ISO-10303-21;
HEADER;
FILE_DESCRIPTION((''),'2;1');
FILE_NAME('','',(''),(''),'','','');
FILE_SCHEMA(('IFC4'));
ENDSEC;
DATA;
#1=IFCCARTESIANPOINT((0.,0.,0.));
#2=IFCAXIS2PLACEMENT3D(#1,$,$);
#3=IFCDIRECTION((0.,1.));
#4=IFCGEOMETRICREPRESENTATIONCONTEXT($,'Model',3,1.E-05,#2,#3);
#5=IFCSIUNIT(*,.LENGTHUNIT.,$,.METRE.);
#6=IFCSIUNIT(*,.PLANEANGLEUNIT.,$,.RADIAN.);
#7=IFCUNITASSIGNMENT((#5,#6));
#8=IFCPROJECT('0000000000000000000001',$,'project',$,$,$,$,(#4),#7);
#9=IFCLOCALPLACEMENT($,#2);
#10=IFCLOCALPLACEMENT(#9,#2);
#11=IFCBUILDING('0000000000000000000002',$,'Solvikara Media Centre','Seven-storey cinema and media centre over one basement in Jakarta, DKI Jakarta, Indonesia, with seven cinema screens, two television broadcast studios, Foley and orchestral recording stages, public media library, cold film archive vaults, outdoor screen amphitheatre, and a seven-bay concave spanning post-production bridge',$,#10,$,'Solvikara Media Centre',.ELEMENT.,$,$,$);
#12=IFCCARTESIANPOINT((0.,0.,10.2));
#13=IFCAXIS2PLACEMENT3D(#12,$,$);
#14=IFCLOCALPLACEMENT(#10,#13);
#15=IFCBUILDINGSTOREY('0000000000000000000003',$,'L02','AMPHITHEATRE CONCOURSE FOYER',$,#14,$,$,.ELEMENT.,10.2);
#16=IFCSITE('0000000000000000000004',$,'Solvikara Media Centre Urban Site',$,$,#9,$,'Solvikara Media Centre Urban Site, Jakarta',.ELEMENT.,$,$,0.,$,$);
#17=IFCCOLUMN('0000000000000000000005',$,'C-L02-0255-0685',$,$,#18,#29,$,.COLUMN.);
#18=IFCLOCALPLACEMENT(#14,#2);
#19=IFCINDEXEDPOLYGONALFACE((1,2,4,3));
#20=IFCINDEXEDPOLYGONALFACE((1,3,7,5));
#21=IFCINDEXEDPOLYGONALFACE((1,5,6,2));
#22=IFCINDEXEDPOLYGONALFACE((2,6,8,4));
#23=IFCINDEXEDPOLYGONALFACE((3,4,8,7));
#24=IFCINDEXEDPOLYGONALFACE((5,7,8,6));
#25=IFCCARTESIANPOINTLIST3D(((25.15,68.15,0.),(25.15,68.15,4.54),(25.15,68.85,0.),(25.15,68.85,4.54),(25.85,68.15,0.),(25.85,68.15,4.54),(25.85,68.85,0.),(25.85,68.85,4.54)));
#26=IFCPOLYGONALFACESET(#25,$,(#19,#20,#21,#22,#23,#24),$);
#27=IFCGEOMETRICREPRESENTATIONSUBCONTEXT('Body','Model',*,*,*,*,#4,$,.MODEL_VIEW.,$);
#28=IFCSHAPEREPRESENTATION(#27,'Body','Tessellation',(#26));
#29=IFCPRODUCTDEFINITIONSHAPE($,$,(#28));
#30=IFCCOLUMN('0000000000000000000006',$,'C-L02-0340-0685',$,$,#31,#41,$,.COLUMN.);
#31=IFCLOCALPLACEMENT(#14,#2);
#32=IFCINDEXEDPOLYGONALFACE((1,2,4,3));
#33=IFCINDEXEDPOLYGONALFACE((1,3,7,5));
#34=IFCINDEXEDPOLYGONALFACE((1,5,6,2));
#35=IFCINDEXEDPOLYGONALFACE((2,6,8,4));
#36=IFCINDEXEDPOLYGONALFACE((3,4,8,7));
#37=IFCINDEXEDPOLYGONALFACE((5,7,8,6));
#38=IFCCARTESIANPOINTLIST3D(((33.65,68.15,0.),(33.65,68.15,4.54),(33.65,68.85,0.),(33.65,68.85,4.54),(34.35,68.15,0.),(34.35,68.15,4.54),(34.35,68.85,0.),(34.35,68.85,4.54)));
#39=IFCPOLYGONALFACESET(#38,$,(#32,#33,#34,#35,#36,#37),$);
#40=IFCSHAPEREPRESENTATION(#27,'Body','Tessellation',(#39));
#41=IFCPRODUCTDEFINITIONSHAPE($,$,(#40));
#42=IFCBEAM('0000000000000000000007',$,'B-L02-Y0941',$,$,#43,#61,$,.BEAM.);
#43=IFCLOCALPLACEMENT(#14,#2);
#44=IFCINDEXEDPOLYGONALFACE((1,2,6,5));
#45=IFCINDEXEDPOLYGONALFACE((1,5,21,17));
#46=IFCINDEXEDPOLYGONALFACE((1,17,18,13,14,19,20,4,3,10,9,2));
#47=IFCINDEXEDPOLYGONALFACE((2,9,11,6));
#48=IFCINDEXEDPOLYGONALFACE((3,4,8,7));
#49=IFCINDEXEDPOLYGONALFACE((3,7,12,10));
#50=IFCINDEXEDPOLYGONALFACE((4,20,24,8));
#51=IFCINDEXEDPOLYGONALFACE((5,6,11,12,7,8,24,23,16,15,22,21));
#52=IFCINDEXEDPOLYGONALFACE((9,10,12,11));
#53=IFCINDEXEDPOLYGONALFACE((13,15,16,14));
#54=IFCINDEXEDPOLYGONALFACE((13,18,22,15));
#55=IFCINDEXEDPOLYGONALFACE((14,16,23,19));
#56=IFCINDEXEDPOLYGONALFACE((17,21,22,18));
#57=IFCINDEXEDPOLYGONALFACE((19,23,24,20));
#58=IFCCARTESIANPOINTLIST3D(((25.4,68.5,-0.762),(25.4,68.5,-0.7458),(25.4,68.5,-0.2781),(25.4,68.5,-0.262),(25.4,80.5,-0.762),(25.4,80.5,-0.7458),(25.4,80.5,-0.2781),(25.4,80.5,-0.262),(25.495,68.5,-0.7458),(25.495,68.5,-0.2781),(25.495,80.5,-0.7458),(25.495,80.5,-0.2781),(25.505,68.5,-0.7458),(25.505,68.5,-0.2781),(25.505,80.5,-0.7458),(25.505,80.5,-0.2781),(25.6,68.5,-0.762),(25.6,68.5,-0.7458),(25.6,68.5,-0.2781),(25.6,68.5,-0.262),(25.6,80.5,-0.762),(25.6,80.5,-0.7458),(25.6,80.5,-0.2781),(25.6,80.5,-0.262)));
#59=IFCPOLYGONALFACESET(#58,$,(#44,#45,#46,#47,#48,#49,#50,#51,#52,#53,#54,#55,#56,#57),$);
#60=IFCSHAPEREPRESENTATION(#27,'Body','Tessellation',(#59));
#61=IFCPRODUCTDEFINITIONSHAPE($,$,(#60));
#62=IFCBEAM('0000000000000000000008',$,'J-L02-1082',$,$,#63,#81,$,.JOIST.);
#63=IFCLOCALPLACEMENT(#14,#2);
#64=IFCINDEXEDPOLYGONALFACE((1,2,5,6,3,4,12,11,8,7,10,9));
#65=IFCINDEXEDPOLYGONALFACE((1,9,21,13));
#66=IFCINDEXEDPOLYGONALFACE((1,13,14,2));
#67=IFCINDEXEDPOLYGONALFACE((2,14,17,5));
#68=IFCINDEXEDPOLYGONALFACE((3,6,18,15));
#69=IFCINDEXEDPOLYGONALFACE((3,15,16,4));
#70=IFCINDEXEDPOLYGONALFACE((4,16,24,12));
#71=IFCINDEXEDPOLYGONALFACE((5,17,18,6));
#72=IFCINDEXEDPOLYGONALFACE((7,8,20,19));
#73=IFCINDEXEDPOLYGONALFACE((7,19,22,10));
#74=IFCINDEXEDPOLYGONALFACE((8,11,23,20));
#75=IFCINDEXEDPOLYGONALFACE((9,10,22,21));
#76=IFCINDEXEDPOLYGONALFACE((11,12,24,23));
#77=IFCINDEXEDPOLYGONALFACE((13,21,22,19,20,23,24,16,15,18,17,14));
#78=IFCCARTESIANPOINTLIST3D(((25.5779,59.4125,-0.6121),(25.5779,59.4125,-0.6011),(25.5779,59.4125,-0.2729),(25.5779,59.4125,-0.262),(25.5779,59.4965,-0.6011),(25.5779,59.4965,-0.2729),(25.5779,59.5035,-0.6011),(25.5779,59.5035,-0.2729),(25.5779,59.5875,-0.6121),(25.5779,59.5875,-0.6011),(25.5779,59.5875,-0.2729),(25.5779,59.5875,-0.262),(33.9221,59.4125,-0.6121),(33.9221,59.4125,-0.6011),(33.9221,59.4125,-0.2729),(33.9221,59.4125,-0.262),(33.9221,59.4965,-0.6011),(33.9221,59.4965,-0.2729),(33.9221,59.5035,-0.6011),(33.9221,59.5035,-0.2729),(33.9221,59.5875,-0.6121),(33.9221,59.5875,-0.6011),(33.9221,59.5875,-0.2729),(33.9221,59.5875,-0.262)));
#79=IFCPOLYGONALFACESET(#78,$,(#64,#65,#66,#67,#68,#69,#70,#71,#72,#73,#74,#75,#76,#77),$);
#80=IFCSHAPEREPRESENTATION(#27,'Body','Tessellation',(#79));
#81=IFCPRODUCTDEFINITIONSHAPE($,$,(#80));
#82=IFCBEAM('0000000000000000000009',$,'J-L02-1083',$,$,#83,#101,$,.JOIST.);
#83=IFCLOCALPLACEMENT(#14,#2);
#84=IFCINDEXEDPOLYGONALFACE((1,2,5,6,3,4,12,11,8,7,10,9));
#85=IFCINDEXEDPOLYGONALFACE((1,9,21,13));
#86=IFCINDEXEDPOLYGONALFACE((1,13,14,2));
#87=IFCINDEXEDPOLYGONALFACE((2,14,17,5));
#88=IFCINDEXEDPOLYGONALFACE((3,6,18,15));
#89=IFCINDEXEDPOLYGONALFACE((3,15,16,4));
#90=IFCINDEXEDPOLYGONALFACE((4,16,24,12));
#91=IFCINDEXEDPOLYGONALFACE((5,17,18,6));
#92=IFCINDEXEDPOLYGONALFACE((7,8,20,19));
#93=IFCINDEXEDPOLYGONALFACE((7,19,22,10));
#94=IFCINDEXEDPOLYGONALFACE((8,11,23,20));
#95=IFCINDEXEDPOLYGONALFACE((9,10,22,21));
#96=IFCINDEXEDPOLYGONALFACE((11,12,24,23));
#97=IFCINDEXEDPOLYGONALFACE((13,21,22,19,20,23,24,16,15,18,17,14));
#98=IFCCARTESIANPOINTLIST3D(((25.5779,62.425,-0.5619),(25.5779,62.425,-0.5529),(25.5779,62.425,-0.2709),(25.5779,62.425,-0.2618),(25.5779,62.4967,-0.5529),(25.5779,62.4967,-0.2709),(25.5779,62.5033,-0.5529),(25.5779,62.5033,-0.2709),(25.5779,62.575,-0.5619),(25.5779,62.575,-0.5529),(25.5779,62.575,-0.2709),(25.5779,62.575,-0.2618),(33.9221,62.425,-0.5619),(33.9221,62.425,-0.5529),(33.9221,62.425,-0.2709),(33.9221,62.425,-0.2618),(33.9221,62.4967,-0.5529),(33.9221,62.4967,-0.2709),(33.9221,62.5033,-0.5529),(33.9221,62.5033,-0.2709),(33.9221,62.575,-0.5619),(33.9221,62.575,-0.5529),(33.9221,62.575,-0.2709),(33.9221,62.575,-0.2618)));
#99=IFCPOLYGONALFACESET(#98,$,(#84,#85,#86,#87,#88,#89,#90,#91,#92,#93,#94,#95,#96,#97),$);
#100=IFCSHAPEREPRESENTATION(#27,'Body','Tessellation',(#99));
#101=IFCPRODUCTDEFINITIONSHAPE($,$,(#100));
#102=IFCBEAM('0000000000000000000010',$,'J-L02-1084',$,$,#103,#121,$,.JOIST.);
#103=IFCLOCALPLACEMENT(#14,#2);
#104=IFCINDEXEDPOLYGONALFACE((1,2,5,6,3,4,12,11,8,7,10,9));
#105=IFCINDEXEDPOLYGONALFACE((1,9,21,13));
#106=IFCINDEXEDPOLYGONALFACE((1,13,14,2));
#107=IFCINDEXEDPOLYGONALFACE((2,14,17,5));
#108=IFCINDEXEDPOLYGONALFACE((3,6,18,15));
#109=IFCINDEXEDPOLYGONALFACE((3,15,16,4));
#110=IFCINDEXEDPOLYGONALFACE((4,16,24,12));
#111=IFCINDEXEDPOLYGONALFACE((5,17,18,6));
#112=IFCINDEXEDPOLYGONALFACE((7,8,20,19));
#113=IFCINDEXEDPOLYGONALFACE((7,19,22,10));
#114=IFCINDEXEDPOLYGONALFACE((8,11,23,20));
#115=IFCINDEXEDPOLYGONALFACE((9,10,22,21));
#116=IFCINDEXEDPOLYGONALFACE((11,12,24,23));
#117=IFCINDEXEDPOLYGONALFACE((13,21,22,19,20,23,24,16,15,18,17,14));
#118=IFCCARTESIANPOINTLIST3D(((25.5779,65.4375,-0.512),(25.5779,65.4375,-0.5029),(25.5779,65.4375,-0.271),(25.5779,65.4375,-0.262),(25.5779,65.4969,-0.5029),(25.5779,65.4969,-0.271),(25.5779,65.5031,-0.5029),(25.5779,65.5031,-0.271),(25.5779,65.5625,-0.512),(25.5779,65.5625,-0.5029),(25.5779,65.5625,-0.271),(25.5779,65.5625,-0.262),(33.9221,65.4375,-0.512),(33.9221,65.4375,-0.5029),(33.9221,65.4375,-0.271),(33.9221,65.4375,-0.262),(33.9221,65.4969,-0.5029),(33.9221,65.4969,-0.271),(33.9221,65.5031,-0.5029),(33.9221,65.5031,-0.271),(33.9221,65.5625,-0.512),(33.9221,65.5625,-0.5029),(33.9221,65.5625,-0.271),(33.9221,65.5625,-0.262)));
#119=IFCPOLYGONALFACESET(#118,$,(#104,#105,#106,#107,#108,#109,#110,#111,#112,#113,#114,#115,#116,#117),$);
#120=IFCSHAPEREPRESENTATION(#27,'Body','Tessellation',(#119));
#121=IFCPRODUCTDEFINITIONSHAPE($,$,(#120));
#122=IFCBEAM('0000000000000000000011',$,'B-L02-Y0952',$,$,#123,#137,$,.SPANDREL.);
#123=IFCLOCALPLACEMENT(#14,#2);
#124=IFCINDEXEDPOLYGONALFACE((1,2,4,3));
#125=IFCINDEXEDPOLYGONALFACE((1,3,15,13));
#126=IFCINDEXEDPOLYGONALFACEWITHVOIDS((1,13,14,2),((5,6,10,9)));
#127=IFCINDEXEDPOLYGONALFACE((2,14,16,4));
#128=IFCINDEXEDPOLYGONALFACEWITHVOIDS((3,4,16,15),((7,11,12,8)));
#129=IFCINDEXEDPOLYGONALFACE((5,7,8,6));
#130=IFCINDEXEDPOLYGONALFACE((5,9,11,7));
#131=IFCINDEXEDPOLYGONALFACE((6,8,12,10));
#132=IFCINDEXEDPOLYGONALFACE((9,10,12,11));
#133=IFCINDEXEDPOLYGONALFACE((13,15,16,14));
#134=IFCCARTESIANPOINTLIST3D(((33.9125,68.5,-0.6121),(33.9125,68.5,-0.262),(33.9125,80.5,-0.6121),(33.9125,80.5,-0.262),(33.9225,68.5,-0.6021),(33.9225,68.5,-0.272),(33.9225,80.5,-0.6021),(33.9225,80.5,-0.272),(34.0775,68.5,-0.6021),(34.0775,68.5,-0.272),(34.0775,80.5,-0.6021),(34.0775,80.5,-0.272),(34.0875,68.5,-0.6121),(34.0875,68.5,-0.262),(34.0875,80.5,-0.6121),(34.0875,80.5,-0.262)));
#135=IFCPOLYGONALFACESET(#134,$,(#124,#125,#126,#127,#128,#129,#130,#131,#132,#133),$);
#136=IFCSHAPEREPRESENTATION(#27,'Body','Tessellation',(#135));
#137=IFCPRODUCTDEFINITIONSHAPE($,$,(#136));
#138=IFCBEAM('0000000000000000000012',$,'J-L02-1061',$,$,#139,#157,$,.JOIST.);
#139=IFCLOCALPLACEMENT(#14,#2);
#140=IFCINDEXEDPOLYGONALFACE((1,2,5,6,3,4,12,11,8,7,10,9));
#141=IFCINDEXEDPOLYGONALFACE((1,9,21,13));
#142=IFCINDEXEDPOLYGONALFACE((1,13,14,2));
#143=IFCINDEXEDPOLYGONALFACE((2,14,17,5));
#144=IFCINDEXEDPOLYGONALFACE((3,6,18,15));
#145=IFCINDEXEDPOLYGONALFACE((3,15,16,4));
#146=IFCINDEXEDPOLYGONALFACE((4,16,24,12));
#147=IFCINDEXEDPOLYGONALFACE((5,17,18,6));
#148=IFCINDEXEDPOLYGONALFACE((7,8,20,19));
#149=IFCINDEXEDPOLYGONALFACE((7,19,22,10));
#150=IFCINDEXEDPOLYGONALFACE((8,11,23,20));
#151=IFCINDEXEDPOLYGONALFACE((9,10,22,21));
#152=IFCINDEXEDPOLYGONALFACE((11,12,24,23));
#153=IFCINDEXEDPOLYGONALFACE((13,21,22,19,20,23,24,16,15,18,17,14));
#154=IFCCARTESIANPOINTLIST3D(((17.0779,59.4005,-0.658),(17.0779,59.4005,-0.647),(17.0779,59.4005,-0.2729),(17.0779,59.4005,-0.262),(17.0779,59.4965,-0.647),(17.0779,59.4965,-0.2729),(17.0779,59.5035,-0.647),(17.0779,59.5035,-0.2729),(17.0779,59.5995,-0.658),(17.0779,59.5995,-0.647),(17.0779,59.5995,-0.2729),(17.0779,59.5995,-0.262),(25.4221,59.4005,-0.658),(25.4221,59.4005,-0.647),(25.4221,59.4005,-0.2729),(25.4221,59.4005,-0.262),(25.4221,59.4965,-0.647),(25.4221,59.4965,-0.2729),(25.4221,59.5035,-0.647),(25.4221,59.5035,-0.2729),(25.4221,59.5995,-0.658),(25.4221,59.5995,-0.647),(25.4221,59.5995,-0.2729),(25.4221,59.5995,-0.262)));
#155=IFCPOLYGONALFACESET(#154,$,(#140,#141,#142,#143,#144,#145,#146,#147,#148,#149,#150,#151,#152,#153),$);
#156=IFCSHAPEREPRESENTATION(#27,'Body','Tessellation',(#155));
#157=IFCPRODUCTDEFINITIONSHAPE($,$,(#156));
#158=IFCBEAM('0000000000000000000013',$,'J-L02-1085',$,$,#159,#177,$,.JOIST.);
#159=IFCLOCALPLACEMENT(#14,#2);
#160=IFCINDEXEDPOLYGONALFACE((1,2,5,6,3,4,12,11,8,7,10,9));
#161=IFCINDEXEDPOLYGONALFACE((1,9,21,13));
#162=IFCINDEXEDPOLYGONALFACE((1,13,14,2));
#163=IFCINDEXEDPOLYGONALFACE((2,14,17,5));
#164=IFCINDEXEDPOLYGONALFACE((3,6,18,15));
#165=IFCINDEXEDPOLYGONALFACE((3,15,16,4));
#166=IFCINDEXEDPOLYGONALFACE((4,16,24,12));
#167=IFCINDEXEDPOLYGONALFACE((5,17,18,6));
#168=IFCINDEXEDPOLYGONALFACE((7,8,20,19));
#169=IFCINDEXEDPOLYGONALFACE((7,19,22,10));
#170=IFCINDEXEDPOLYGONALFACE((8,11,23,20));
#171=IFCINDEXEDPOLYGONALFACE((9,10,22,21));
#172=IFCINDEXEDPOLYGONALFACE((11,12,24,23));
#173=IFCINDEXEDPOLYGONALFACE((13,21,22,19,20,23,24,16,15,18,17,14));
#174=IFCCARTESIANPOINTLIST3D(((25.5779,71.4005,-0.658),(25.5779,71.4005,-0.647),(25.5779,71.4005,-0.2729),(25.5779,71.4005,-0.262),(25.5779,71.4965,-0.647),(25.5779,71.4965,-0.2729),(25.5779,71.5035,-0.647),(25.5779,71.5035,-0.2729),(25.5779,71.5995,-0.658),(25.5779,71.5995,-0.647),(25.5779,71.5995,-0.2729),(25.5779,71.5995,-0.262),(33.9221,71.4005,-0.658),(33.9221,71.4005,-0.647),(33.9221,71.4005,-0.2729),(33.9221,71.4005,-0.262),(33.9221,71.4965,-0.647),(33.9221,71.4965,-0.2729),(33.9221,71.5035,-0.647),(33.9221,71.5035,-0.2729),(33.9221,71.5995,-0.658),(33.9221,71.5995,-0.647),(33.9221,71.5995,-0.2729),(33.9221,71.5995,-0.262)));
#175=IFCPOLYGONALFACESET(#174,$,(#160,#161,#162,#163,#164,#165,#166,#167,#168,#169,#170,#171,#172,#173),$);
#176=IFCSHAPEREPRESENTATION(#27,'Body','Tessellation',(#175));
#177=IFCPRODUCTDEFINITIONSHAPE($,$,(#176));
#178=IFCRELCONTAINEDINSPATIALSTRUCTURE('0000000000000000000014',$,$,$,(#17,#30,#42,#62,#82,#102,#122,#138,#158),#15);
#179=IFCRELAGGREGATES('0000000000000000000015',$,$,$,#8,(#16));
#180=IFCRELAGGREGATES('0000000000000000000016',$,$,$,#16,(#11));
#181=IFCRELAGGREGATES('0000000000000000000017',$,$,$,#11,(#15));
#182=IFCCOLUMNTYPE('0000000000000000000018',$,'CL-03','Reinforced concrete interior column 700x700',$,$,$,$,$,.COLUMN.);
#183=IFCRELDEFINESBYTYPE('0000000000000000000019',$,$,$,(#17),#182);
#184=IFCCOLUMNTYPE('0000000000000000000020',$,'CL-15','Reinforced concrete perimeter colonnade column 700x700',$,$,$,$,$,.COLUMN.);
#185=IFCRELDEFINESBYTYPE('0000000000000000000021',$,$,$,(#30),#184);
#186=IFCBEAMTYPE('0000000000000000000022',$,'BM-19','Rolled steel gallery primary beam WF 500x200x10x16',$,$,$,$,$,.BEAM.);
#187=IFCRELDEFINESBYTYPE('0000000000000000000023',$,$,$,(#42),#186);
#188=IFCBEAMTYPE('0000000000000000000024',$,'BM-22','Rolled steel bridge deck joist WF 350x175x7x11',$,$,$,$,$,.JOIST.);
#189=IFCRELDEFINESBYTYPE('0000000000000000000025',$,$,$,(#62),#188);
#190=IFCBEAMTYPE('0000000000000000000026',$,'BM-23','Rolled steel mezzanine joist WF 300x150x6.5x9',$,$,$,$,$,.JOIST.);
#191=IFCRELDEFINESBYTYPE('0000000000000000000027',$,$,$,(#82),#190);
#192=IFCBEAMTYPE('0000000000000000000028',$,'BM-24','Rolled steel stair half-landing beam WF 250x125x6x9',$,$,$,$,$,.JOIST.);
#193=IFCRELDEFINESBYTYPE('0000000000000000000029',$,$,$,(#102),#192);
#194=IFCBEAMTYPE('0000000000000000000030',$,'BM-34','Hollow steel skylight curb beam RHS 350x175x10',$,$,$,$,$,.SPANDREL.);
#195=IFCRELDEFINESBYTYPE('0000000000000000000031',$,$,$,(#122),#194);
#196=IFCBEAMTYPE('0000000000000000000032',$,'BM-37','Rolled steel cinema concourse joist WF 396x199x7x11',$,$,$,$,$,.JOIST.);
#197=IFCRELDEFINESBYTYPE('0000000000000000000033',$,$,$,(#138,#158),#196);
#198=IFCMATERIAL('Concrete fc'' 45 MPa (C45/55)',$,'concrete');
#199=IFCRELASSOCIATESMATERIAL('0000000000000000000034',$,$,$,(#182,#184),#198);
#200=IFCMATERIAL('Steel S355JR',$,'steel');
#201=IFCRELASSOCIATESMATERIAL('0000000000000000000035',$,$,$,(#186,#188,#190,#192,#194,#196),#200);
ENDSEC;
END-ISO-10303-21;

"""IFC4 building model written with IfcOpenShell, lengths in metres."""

from ifc_helpers import new_model, si_unit, direction, frame, origin, origin_2d, place, context, subcontext, project, spatial, rectangle, hollow_rectangle, i_section, extrude, material, material_profile, profile_set, type_object, element, save


model = new_model("IFC4")

# Units and contexts
model_context = context("Model", 3, precision=1e-05, world=origin(), true_north=direction((0.0, 1.0)))
body_context = subcontext(model_context, "Body", "Model", "MODEL_VIEW")
ifc_project = project(units=[si_unit("LENGTHUNIT", "METRE"), si_unit("PLANEANGLEUNIT", "RADIAN")], contexts=[model_context])

# Site, building, storey
site_placement = place(None, origin())
site = spatial("IfcSite", under=ifc_project, at=site_placement, Name="Solvikara Media Centre Urban Site", LongName="Solvikara Media Centre Urban Site, Jakarta", CompositionType="ELEMENT", RefElevation=0.0)
building_placement = place(site_placement, origin())
building = spatial("IfcBuilding", under=site, at=building_placement, Name="Solvikara Media Centre", Description="Seven-storey cinema and media centre over one basement in Jakarta, DKI Jakarta, Indonesia, with seven cinema screens, two television broadcast studios, Foley and orchestral recording stages, public media library, cold film archive vaults, outdoor screen amphitheatre, and a seven-bay concave spanning post-production bridge", LongName="Solvikara Media Centre", CompositionType="ELEMENT")
storey_placement = place(building_placement, frame((0.0, 0.0, 10.2)))
storey = spatial("IfcBuildingStorey", under=building, at=storey_placement, Name="L02", Description="AMPHITHEATRE CONCOURSE FOYER", CompositionType="ELEMENT", Elevation=10.2)

# Columns
ifc_material_1 = material(Name="Concrete fc' 45 MPa (C45/55)", Category="concrete")
ifc_material_profile_1 = material_profile(ifc_material_1, rectangle(XDim=0.7, YDim=0.7, at=origin_2d()), Name="RC 700x700")
ifc_profile_set_1 = profile_set([ifc_material_profile_1], Name="Concrete fc' 45 MPa (C45/55)")
column_type_1 = type_object("IfcColumnType", Name="CL-03", Description="Reinforced concrete interior column 700x700", PredefinedType="COLUMN", material=ifc_profile_set_1)
column_1_placement = place(storey_placement, frame((25.5, 68.5, 0.0), z_axis=(0.0, 0.0, 1.0), x_axis=(1.0, 0.0, 0.0)))
element("IfcColumn", 1, at=column_1_placement, inside=storey, type_object=column_type_1, Name="C-L02-0255-0685", PredefinedType="COLUMN", context=body_context, shape_type="SweptSolid", body=[
    extrude(rectangle(XDim=0.7, YDim=0.7, at=origin_2d()), origin(), (0.0, 0.0, 1.0), 4.54),
])
ifc_material_profile_2 = material_profile(ifc_material_1, rectangle(XDim=0.7, YDim=0.7, at=origin_2d()), Name="RC 700x700")
ifc_profile_set_2 = profile_set([ifc_material_profile_2], Name="Concrete fc' 45 MPa (C45/55)")
column_type_2 = type_object("IfcColumnType", Name="CL-15", Description="Reinforced concrete perimeter colonnade column 700x700", PredefinedType="COLUMN", material=ifc_profile_set_2)
column_2_placement = place(storey_placement, frame((34.0, 68.5, 0.0), z_axis=(0.0, 0.0, 1.0), x_axis=(1.0, 0.0, 0.0)))
element("IfcColumn", 2, at=column_2_placement, inside=storey, type_object=column_type_2, Name="C-L02-0340-0685", PredefinedType="COLUMN", context=body_context, shape_type="SweptSolid", body=[
    extrude(rectangle(XDim=0.7, YDim=0.7, at=origin_2d()), origin(), (0.0, 0.0, 1.0), 4.54),
])

# Beams
ifc_material_2 = material(Name="Steel S355JR", Category="steel")
ifc_material_profile_3 = material_profile(ifc_material_2, i_section(OverallWidth=0.2, OverallDepth=0.5, WebThickness=0.01, FlangeThickness=0.0161, at=origin_2d()), Name="WF 500x200x10x16")
ifc_profile_set_3 = profile_set([ifc_material_profile_3], Name="Steel S355JR")
beam_type_1 = type_object("IfcBeamType", Name="BM-19", Description="Rolled steel gallery primary beam WF 500x200x10x16", PredefinedType="BEAM", material=ifc_profile_set_3)
beam_1_placement = place(storey_placement, frame((25.5, 68.5, -0.512), z_axis=(0.0, 1.0, 0.0), x_axis=(-1.0, 0.0, 0.0)))
element("IfcBeam", 3, at=beam_1_placement, inside=storey, type_object=beam_type_1, Name="B-L02-Y0941", PredefinedType="BEAM", context=body_context, shape_type="SweptSolid", body=[
    extrude(i_section(OverallWidth=0.2, OverallDepth=0.5, WebThickness=0.01, FlangeThickness=0.0161, at=origin_2d()), origin(), (0.0, 0.0, 1.0), 12.0),
])
ifc_material_profile_4 = material_profile(ifc_material_2, i_section(OverallWidth=0.175, OverallDepth=0.3501, WebThickness=0.0071, FlangeThickness=0.011, at=origin_2d()), Name="WF 350x175x7x11")
ifc_profile_set_4 = profile_set([ifc_material_profile_4], Name="Steel S355JR")
beam_type_2 = type_object("IfcBeamType", Name="BM-22", Description="Rolled steel bridge deck joist WF 350x175x7x11", PredefinedType="JOIST", material=ifc_profile_set_4)
beam_2_placement = place(storey_placement, frame((25.5779, 59.5, -0.437), z_axis=(1.0, 0.0, 0.0), x_axis=(0.0, 1.0, 0.0)))
element("IfcBeam", 4, at=beam_2_placement, inside=storey, type_object=beam_type_2, Name="J-L02-1082", PredefinedType="JOIST", context=body_context, shape_type="SweptSolid", body=[
    extrude(i_section(OverallWidth=0.175, OverallDepth=0.3501, WebThickness=0.0071, FlangeThickness=0.011, at=origin_2d()), origin(), (0.0, 0.0, 1.0), 8.3442),
])
ifc_material_profile_5 = material_profile(ifc_material_2, i_section(OverallWidth=0.1499, OverallDepth=0.3, WebThickness=0.0066, FlangeThickness=0.009, at=origin_2d()), Name="WF 300x150x6.5x9")
ifc_profile_set_5 = profile_set([ifc_material_profile_5], Name="Steel S355JR")
beam_type_3 = type_object("IfcBeamType", Name="BM-23", Description="Rolled steel mezzanine joist WF 300x150x6.5x9", PredefinedType="JOIST", material=ifc_profile_set_5)
beam_3_placement = place(storey_placement, frame((25.5779, 62.5, -0.4119), z_axis=(1.0, 0.0, 0.0), x_axis=(0.0, 1.0, 0.0)))
element("IfcBeam", 5, at=beam_3_placement, inside=storey, type_object=beam_type_3, Name="J-L02-1083", PredefinedType="JOIST", context=body_context, shape_type="SweptSolid", body=[
    extrude(i_section(OverallWidth=0.1499, OverallDepth=0.3, WebThickness=0.0066, FlangeThickness=0.009, at=origin_2d()), origin(), (0.0, 0.0, 1.0), 8.3442),
])
ifc_material_profile_6 = material_profile(ifc_material_2, i_section(OverallWidth=0.125, OverallDepth=0.25, WebThickness=0.0061, FlangeThickness=0.009, at=origin_2d()), Name="WF 250x125x6x9")
ifc_profile_set_6 = profile_set([ifc_material_profile_6], Name="Steel S355JR")
beam_type_4 = type_object("IfcBeamType", Name="BM-24", Description="Rolled steel stair half-landing beam WF 250x125x6x9", PredefinedType="JOIST", material=ifc_profile_set_6)
beam_4_placement = place(storey_placement, frame((25.5779, 65.5, -0.387), z_axis=(1.0, 0.0, 0.0), x_axis=(0.0, 1.0, 0.0)))
element("IfcBeam", 6, at=beam_4_placement, inside=storey, type_object=beam_type_4, Name="J-L02-1084", PredefinedType="JOIST", context=body_context, shape_type="SweptSolid", body=[
    extrude(i_section(OverallWidth=0.125, OverallDepth=0.25, WebThickness=0.0061, FlangeThickness=0.009, at=origin_2d()), origin(), (0.0, 0.0, 1.0), 8.3442),
])
ifc_material_profile_7 = material_profile(ifc_material_2, hollow_rectangle(XDim=0.175, YDim=0.3501, WallThickness=0.01, at=origin_2d()), Name="RHS 350x175x10")
ifc_profile_set_7 = profile_set([ifc_material_profile_7], Name="Steel S355JR")
beam_type_5 = type_object("IfcBeamType", Name="BM-34", Description="Hollow steel skylight curb beam RHS 350x175x10", PredefinedType="SPANDREL", material=ifc_profile_set_7)
beam_5_placement = place(storey_placement, frame((34.0, 68.5, -0.437), z_axis=(0.0, 1.0, 0.0), x_axis=(-1.0, 0.0, 0.0)))
element("IfcBeam", 7, at=beam_5_placement, inside=storey, type_object=beam_type_5, Name="B-L02-Y0952", PredefinedType="SPANDREL", context=body_context, shape_type="SweptSolid", body=[
    extrude(hollow_rectangle(XDim=0.175, YDim=0.3501, WallThickness=0.01, at=origin_2d()), origin(), (0.0, 0.0, 1.0), 12.0),
])
ifc_material_profile_8 = material_profile(ifc_material_2, i_section(OverallWidth=0.199, OverallDepth=0.396, WebThickness=0.0071, FlangeThickness=0.011, at=origin_2d()), Name="WF 396x199x7x11")
ifc_profile_set_8 = profile_set([ifc_material_profile_8], Name="Steel S355JR")
beam_type_6 = type_object("IfcBeamType", Name="BM-37", Description="Rolled steel cinema concourse joist WF 396x199x7x11", PredefinedType="JOIST", material=ifc_profile_set_8)
for number, where, z_axis, x_axis, name in (
    (8, (17.0779, 59.5, -0.46), (1.0, 0.0, 0.0), (0.0, 1.0, 0.0), "J-L02-1061"),
    (9, (25.5779, 71.5, -0.46), (1.0, 0.0, 0.0), (0.0, 1.0, 0.0), "J-L02-1085"),
):
    element("IfcBeam", number, at=place(storey_placement, frame(where, z_axis=z_axis, x_axis=x_axis)), inside=storey, type_object=beam_type_6, Name=name, PredefinedType="JOIST", context=body_context, shape_type="SweptSolid", body=[
        extrude(i_section(OverallWidth=0.199, OverallDepth=0.396, WebThickness=0.0071, FlangeThickness=0.011, at=origin_2d()), origin(), (0.0, 0.0, 1.0), 8.3442),
    ])

save(model, "model.ifc")
